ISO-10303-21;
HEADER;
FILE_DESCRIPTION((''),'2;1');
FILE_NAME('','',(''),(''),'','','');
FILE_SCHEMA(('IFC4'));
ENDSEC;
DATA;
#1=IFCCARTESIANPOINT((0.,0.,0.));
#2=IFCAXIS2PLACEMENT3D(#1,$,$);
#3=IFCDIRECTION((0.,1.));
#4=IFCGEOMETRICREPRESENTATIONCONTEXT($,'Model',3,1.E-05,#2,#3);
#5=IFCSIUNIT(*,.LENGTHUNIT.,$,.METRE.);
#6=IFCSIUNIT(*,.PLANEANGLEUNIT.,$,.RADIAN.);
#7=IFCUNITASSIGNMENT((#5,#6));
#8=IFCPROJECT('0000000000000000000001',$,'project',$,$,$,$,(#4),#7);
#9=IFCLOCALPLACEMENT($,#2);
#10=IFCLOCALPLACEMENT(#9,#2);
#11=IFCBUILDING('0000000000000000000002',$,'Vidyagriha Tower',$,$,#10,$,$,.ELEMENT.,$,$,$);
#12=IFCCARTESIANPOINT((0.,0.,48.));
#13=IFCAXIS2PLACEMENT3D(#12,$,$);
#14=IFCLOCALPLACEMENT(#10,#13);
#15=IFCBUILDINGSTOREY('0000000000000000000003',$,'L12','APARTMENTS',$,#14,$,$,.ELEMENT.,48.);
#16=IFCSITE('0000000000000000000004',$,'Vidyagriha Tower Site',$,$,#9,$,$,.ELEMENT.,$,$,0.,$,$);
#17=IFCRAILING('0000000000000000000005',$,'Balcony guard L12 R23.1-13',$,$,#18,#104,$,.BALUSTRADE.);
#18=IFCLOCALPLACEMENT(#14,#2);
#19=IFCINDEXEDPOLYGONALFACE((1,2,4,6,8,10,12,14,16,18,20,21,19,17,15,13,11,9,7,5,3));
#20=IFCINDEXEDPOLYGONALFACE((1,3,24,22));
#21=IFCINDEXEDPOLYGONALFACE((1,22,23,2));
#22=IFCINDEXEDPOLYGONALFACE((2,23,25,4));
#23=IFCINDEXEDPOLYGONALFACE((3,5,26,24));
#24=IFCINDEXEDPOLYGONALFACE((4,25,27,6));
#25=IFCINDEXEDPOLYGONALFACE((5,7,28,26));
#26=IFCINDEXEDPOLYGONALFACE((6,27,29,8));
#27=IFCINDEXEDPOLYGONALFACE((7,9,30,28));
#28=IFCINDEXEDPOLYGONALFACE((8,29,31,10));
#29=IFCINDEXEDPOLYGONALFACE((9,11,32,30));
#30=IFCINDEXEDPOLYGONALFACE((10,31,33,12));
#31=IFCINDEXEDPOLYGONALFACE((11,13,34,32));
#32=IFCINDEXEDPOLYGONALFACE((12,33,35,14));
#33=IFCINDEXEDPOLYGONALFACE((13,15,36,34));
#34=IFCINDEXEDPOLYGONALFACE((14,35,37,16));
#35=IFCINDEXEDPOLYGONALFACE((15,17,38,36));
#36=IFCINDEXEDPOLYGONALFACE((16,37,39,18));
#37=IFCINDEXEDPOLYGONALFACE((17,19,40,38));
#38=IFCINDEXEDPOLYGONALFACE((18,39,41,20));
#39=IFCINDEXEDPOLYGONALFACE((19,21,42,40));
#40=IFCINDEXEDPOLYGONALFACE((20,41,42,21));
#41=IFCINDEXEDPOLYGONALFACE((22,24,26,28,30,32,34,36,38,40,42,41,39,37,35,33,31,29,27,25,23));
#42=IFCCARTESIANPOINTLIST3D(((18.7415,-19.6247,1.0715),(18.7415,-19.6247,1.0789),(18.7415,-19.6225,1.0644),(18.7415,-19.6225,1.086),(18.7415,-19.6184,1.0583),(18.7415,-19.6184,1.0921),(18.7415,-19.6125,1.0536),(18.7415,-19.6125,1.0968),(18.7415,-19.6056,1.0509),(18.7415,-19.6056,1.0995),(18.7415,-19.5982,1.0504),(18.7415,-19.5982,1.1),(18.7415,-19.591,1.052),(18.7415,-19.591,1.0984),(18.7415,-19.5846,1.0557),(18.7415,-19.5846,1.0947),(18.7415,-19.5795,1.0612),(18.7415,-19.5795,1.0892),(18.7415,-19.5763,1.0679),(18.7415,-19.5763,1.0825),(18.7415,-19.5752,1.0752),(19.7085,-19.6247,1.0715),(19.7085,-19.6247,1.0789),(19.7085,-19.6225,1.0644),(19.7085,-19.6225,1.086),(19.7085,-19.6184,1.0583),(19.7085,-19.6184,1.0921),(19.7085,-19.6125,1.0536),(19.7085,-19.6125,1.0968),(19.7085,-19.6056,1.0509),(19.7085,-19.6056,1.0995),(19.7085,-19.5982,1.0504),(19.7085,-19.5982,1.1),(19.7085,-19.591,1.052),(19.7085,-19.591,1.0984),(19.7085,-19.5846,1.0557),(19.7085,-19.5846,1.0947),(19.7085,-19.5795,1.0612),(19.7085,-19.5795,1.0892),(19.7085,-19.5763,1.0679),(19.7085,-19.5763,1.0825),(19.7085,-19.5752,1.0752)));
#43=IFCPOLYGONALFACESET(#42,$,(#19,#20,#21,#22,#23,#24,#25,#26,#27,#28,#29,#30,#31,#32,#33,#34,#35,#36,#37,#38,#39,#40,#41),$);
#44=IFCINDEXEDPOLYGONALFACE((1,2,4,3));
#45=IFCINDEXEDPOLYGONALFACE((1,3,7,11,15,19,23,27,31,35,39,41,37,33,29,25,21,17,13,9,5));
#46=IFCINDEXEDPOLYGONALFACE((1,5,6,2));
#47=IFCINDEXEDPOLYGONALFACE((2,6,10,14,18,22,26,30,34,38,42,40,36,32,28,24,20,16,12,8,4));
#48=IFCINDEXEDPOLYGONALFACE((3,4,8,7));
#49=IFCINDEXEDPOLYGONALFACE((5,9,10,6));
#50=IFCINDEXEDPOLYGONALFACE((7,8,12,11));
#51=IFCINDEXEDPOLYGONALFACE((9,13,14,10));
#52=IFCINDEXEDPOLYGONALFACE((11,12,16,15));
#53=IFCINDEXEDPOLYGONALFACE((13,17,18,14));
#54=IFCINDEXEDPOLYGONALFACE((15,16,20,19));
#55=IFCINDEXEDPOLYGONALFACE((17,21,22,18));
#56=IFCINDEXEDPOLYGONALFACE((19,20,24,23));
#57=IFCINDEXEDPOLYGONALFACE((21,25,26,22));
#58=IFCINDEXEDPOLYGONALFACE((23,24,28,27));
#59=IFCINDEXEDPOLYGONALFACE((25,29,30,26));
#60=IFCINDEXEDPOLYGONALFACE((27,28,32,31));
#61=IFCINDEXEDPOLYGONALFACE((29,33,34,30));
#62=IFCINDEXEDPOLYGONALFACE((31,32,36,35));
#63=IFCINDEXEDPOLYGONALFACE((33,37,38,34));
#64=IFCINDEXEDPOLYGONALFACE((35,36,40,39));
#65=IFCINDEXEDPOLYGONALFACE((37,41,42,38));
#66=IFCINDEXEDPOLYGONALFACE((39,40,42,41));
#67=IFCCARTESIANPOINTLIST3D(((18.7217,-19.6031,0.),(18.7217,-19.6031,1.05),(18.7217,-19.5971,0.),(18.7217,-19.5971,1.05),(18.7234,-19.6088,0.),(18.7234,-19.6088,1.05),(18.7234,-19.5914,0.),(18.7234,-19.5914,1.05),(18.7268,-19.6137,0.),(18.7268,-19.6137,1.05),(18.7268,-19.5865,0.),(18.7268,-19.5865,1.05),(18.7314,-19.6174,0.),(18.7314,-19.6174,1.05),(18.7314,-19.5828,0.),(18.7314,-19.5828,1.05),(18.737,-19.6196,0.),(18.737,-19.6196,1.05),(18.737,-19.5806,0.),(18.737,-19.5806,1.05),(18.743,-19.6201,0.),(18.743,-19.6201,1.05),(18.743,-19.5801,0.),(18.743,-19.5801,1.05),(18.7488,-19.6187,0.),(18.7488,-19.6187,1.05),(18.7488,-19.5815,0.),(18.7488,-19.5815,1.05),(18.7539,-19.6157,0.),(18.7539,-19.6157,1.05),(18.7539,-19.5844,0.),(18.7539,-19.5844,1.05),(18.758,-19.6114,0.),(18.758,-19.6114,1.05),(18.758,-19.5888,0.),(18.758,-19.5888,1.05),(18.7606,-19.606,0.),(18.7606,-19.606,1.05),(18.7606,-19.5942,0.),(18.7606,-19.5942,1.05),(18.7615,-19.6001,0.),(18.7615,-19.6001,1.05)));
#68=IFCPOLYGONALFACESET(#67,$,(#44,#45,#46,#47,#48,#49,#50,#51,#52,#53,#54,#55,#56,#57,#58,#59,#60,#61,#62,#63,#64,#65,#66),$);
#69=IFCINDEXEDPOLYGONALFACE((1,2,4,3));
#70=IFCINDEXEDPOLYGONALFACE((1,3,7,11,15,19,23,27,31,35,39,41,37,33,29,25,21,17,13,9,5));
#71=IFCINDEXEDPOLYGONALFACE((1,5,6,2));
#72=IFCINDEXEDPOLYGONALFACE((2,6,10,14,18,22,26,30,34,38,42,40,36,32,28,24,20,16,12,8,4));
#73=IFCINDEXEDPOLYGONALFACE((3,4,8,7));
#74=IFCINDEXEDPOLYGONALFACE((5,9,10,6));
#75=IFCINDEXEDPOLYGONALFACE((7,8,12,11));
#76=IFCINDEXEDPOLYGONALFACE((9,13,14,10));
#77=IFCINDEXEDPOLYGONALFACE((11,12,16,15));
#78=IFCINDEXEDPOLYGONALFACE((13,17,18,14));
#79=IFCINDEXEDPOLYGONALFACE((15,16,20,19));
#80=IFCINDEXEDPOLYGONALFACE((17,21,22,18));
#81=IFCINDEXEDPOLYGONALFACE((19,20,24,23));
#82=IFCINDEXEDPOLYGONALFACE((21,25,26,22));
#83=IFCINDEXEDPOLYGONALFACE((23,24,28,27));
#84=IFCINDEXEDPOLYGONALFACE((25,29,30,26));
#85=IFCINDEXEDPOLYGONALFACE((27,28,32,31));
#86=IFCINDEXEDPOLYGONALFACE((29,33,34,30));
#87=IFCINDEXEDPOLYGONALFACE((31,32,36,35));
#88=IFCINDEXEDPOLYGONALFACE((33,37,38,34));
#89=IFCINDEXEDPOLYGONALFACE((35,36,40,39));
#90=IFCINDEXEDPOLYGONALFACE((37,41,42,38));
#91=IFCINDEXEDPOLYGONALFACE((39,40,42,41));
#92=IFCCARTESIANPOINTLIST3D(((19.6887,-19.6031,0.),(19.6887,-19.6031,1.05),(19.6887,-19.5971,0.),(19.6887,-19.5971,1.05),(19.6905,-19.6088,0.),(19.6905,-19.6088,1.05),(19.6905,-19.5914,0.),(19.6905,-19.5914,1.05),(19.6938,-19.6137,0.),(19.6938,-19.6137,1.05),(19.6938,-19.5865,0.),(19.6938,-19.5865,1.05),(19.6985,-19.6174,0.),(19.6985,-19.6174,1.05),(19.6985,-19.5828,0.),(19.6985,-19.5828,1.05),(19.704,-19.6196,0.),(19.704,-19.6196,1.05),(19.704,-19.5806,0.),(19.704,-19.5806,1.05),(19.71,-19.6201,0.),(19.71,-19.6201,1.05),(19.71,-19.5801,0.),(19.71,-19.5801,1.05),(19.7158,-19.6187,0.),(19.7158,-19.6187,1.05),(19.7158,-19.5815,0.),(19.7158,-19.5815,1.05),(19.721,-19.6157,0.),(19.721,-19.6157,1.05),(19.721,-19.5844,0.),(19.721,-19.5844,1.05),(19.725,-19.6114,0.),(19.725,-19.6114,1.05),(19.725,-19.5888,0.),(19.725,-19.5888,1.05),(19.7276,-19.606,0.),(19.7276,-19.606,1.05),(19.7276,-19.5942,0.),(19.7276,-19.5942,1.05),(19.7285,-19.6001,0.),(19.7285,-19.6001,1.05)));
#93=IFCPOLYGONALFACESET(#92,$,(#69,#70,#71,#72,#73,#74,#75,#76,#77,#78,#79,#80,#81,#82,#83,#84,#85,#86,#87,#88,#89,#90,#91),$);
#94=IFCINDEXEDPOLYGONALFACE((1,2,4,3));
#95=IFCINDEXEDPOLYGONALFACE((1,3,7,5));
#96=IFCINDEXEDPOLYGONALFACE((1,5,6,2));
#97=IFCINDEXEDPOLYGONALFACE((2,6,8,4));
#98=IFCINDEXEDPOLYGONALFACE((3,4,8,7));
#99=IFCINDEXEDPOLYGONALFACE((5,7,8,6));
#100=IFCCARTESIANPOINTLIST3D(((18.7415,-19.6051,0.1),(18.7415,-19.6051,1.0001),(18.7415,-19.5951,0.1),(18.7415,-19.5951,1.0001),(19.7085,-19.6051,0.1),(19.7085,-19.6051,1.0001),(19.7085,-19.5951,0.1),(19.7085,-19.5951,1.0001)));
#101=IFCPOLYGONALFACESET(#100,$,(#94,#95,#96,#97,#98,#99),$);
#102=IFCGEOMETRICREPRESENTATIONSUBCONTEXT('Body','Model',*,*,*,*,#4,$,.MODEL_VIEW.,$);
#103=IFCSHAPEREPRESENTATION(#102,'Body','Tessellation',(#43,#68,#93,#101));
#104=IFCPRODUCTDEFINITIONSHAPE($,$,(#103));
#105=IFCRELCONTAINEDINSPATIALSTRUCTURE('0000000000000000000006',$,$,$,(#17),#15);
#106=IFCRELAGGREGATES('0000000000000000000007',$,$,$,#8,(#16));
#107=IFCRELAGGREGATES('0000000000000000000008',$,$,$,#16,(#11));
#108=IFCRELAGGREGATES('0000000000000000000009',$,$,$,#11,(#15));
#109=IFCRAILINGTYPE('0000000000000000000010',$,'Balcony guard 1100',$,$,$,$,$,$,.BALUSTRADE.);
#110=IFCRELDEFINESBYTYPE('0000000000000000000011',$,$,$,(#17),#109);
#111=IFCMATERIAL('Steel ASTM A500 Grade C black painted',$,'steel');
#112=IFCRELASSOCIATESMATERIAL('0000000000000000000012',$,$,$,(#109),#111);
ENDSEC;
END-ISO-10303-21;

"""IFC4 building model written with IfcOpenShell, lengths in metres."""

from ifc_helpers import new_model, si_unit, direction, frame, origin, origin_2d, place, context, subcontext, project, spatial, rectangle, circle, extrude, material, type_object, element, save


model = new_model("IFC4")

# Units and contexts
model_context = context("Model", 3, precision=1e-05, world=origin(), true_north=direction((0.0, 1.0)))
body_context = subcontext(model_context, "Body", "Model", "MODEL_VIEW")
ifc_project = project(units=[si_unit("LENGTHUNIT", "METRE"), si_unit("PLANEANGLEUNIT", "RADIAN")], contexts=[model_context])

# Site, building, storey
site_placement = place(None, origin())
site = spatial("IfcSite", under=ifc_project, at=site_placement, Name="Vidyagriha Tower Site", CompositionType="ELEMENT", RefElevation=0.0)
building_placement = place(site_placement, origin())
building = spatial("IfcBuilding", under=site, at=building_placement, Name="Vidyagriha Tower", CompositionType="ELEMENT")
storey_placement = place(building_placement, frame((0.0, 0.0, 48.0)))
storey = spatial("IfcBuildingStorey", under=building, at=storey_placement, Name="L12", Description="APARTMENTS", CompositionType="ELEMENT", Elevation=48.0)

# Railing
ifc_material_1 = material(Name="Steel ASTM A500 Grade C black painted", Category="steel")
railing_type = type_object("IfcRailingType", Name="Balcony guard 1100", PredefinedType="BALUSTRADE", material=ifc_material_1)
railing_1_placement = place(storey_placement, frame((18.7415, -19.6001, 0.0)))
element("IfcRailing", 1, at=railing_1_placement, inside=storey, type_object=railing_type, Name="Balcony guard L12 R23.1-13", PredefinedType="BALUSTRADE", context=body_context, shape_type="SweptSolid", body=[
    extrude(circle(Radius=0.0249, at=origin_2d()), frame((0.0, 0.0, 1.0752), z_axis=(1.0, 0.0, 0.0), x_axis=(0.0, 1.0, 0.0)), (0.0, 0.0, 1.0), 0.967),
    extrude(circle(Radius=0.02, at=origin_2d()), origin(), (0.0, 0.0, 1.0), 1.05),
    extrude(circle(Radius=0.02, at=origin_2d()), frame((0.967, 0.0, 0.0)), (0.0, 0.0, 1.0), 1.05),
    extrude(rectangle(XDim=0.01, YDim=0.9001, at=origin_2d()), frame((0.0, 0.0, 0.55), z_axis=(1.0, 0.0, 0.0), x_axis=(0.0, 1.0, 0.0)), (0.0, 0.0, 1.0), 0.967),
])

save(model, "model.ifc")
